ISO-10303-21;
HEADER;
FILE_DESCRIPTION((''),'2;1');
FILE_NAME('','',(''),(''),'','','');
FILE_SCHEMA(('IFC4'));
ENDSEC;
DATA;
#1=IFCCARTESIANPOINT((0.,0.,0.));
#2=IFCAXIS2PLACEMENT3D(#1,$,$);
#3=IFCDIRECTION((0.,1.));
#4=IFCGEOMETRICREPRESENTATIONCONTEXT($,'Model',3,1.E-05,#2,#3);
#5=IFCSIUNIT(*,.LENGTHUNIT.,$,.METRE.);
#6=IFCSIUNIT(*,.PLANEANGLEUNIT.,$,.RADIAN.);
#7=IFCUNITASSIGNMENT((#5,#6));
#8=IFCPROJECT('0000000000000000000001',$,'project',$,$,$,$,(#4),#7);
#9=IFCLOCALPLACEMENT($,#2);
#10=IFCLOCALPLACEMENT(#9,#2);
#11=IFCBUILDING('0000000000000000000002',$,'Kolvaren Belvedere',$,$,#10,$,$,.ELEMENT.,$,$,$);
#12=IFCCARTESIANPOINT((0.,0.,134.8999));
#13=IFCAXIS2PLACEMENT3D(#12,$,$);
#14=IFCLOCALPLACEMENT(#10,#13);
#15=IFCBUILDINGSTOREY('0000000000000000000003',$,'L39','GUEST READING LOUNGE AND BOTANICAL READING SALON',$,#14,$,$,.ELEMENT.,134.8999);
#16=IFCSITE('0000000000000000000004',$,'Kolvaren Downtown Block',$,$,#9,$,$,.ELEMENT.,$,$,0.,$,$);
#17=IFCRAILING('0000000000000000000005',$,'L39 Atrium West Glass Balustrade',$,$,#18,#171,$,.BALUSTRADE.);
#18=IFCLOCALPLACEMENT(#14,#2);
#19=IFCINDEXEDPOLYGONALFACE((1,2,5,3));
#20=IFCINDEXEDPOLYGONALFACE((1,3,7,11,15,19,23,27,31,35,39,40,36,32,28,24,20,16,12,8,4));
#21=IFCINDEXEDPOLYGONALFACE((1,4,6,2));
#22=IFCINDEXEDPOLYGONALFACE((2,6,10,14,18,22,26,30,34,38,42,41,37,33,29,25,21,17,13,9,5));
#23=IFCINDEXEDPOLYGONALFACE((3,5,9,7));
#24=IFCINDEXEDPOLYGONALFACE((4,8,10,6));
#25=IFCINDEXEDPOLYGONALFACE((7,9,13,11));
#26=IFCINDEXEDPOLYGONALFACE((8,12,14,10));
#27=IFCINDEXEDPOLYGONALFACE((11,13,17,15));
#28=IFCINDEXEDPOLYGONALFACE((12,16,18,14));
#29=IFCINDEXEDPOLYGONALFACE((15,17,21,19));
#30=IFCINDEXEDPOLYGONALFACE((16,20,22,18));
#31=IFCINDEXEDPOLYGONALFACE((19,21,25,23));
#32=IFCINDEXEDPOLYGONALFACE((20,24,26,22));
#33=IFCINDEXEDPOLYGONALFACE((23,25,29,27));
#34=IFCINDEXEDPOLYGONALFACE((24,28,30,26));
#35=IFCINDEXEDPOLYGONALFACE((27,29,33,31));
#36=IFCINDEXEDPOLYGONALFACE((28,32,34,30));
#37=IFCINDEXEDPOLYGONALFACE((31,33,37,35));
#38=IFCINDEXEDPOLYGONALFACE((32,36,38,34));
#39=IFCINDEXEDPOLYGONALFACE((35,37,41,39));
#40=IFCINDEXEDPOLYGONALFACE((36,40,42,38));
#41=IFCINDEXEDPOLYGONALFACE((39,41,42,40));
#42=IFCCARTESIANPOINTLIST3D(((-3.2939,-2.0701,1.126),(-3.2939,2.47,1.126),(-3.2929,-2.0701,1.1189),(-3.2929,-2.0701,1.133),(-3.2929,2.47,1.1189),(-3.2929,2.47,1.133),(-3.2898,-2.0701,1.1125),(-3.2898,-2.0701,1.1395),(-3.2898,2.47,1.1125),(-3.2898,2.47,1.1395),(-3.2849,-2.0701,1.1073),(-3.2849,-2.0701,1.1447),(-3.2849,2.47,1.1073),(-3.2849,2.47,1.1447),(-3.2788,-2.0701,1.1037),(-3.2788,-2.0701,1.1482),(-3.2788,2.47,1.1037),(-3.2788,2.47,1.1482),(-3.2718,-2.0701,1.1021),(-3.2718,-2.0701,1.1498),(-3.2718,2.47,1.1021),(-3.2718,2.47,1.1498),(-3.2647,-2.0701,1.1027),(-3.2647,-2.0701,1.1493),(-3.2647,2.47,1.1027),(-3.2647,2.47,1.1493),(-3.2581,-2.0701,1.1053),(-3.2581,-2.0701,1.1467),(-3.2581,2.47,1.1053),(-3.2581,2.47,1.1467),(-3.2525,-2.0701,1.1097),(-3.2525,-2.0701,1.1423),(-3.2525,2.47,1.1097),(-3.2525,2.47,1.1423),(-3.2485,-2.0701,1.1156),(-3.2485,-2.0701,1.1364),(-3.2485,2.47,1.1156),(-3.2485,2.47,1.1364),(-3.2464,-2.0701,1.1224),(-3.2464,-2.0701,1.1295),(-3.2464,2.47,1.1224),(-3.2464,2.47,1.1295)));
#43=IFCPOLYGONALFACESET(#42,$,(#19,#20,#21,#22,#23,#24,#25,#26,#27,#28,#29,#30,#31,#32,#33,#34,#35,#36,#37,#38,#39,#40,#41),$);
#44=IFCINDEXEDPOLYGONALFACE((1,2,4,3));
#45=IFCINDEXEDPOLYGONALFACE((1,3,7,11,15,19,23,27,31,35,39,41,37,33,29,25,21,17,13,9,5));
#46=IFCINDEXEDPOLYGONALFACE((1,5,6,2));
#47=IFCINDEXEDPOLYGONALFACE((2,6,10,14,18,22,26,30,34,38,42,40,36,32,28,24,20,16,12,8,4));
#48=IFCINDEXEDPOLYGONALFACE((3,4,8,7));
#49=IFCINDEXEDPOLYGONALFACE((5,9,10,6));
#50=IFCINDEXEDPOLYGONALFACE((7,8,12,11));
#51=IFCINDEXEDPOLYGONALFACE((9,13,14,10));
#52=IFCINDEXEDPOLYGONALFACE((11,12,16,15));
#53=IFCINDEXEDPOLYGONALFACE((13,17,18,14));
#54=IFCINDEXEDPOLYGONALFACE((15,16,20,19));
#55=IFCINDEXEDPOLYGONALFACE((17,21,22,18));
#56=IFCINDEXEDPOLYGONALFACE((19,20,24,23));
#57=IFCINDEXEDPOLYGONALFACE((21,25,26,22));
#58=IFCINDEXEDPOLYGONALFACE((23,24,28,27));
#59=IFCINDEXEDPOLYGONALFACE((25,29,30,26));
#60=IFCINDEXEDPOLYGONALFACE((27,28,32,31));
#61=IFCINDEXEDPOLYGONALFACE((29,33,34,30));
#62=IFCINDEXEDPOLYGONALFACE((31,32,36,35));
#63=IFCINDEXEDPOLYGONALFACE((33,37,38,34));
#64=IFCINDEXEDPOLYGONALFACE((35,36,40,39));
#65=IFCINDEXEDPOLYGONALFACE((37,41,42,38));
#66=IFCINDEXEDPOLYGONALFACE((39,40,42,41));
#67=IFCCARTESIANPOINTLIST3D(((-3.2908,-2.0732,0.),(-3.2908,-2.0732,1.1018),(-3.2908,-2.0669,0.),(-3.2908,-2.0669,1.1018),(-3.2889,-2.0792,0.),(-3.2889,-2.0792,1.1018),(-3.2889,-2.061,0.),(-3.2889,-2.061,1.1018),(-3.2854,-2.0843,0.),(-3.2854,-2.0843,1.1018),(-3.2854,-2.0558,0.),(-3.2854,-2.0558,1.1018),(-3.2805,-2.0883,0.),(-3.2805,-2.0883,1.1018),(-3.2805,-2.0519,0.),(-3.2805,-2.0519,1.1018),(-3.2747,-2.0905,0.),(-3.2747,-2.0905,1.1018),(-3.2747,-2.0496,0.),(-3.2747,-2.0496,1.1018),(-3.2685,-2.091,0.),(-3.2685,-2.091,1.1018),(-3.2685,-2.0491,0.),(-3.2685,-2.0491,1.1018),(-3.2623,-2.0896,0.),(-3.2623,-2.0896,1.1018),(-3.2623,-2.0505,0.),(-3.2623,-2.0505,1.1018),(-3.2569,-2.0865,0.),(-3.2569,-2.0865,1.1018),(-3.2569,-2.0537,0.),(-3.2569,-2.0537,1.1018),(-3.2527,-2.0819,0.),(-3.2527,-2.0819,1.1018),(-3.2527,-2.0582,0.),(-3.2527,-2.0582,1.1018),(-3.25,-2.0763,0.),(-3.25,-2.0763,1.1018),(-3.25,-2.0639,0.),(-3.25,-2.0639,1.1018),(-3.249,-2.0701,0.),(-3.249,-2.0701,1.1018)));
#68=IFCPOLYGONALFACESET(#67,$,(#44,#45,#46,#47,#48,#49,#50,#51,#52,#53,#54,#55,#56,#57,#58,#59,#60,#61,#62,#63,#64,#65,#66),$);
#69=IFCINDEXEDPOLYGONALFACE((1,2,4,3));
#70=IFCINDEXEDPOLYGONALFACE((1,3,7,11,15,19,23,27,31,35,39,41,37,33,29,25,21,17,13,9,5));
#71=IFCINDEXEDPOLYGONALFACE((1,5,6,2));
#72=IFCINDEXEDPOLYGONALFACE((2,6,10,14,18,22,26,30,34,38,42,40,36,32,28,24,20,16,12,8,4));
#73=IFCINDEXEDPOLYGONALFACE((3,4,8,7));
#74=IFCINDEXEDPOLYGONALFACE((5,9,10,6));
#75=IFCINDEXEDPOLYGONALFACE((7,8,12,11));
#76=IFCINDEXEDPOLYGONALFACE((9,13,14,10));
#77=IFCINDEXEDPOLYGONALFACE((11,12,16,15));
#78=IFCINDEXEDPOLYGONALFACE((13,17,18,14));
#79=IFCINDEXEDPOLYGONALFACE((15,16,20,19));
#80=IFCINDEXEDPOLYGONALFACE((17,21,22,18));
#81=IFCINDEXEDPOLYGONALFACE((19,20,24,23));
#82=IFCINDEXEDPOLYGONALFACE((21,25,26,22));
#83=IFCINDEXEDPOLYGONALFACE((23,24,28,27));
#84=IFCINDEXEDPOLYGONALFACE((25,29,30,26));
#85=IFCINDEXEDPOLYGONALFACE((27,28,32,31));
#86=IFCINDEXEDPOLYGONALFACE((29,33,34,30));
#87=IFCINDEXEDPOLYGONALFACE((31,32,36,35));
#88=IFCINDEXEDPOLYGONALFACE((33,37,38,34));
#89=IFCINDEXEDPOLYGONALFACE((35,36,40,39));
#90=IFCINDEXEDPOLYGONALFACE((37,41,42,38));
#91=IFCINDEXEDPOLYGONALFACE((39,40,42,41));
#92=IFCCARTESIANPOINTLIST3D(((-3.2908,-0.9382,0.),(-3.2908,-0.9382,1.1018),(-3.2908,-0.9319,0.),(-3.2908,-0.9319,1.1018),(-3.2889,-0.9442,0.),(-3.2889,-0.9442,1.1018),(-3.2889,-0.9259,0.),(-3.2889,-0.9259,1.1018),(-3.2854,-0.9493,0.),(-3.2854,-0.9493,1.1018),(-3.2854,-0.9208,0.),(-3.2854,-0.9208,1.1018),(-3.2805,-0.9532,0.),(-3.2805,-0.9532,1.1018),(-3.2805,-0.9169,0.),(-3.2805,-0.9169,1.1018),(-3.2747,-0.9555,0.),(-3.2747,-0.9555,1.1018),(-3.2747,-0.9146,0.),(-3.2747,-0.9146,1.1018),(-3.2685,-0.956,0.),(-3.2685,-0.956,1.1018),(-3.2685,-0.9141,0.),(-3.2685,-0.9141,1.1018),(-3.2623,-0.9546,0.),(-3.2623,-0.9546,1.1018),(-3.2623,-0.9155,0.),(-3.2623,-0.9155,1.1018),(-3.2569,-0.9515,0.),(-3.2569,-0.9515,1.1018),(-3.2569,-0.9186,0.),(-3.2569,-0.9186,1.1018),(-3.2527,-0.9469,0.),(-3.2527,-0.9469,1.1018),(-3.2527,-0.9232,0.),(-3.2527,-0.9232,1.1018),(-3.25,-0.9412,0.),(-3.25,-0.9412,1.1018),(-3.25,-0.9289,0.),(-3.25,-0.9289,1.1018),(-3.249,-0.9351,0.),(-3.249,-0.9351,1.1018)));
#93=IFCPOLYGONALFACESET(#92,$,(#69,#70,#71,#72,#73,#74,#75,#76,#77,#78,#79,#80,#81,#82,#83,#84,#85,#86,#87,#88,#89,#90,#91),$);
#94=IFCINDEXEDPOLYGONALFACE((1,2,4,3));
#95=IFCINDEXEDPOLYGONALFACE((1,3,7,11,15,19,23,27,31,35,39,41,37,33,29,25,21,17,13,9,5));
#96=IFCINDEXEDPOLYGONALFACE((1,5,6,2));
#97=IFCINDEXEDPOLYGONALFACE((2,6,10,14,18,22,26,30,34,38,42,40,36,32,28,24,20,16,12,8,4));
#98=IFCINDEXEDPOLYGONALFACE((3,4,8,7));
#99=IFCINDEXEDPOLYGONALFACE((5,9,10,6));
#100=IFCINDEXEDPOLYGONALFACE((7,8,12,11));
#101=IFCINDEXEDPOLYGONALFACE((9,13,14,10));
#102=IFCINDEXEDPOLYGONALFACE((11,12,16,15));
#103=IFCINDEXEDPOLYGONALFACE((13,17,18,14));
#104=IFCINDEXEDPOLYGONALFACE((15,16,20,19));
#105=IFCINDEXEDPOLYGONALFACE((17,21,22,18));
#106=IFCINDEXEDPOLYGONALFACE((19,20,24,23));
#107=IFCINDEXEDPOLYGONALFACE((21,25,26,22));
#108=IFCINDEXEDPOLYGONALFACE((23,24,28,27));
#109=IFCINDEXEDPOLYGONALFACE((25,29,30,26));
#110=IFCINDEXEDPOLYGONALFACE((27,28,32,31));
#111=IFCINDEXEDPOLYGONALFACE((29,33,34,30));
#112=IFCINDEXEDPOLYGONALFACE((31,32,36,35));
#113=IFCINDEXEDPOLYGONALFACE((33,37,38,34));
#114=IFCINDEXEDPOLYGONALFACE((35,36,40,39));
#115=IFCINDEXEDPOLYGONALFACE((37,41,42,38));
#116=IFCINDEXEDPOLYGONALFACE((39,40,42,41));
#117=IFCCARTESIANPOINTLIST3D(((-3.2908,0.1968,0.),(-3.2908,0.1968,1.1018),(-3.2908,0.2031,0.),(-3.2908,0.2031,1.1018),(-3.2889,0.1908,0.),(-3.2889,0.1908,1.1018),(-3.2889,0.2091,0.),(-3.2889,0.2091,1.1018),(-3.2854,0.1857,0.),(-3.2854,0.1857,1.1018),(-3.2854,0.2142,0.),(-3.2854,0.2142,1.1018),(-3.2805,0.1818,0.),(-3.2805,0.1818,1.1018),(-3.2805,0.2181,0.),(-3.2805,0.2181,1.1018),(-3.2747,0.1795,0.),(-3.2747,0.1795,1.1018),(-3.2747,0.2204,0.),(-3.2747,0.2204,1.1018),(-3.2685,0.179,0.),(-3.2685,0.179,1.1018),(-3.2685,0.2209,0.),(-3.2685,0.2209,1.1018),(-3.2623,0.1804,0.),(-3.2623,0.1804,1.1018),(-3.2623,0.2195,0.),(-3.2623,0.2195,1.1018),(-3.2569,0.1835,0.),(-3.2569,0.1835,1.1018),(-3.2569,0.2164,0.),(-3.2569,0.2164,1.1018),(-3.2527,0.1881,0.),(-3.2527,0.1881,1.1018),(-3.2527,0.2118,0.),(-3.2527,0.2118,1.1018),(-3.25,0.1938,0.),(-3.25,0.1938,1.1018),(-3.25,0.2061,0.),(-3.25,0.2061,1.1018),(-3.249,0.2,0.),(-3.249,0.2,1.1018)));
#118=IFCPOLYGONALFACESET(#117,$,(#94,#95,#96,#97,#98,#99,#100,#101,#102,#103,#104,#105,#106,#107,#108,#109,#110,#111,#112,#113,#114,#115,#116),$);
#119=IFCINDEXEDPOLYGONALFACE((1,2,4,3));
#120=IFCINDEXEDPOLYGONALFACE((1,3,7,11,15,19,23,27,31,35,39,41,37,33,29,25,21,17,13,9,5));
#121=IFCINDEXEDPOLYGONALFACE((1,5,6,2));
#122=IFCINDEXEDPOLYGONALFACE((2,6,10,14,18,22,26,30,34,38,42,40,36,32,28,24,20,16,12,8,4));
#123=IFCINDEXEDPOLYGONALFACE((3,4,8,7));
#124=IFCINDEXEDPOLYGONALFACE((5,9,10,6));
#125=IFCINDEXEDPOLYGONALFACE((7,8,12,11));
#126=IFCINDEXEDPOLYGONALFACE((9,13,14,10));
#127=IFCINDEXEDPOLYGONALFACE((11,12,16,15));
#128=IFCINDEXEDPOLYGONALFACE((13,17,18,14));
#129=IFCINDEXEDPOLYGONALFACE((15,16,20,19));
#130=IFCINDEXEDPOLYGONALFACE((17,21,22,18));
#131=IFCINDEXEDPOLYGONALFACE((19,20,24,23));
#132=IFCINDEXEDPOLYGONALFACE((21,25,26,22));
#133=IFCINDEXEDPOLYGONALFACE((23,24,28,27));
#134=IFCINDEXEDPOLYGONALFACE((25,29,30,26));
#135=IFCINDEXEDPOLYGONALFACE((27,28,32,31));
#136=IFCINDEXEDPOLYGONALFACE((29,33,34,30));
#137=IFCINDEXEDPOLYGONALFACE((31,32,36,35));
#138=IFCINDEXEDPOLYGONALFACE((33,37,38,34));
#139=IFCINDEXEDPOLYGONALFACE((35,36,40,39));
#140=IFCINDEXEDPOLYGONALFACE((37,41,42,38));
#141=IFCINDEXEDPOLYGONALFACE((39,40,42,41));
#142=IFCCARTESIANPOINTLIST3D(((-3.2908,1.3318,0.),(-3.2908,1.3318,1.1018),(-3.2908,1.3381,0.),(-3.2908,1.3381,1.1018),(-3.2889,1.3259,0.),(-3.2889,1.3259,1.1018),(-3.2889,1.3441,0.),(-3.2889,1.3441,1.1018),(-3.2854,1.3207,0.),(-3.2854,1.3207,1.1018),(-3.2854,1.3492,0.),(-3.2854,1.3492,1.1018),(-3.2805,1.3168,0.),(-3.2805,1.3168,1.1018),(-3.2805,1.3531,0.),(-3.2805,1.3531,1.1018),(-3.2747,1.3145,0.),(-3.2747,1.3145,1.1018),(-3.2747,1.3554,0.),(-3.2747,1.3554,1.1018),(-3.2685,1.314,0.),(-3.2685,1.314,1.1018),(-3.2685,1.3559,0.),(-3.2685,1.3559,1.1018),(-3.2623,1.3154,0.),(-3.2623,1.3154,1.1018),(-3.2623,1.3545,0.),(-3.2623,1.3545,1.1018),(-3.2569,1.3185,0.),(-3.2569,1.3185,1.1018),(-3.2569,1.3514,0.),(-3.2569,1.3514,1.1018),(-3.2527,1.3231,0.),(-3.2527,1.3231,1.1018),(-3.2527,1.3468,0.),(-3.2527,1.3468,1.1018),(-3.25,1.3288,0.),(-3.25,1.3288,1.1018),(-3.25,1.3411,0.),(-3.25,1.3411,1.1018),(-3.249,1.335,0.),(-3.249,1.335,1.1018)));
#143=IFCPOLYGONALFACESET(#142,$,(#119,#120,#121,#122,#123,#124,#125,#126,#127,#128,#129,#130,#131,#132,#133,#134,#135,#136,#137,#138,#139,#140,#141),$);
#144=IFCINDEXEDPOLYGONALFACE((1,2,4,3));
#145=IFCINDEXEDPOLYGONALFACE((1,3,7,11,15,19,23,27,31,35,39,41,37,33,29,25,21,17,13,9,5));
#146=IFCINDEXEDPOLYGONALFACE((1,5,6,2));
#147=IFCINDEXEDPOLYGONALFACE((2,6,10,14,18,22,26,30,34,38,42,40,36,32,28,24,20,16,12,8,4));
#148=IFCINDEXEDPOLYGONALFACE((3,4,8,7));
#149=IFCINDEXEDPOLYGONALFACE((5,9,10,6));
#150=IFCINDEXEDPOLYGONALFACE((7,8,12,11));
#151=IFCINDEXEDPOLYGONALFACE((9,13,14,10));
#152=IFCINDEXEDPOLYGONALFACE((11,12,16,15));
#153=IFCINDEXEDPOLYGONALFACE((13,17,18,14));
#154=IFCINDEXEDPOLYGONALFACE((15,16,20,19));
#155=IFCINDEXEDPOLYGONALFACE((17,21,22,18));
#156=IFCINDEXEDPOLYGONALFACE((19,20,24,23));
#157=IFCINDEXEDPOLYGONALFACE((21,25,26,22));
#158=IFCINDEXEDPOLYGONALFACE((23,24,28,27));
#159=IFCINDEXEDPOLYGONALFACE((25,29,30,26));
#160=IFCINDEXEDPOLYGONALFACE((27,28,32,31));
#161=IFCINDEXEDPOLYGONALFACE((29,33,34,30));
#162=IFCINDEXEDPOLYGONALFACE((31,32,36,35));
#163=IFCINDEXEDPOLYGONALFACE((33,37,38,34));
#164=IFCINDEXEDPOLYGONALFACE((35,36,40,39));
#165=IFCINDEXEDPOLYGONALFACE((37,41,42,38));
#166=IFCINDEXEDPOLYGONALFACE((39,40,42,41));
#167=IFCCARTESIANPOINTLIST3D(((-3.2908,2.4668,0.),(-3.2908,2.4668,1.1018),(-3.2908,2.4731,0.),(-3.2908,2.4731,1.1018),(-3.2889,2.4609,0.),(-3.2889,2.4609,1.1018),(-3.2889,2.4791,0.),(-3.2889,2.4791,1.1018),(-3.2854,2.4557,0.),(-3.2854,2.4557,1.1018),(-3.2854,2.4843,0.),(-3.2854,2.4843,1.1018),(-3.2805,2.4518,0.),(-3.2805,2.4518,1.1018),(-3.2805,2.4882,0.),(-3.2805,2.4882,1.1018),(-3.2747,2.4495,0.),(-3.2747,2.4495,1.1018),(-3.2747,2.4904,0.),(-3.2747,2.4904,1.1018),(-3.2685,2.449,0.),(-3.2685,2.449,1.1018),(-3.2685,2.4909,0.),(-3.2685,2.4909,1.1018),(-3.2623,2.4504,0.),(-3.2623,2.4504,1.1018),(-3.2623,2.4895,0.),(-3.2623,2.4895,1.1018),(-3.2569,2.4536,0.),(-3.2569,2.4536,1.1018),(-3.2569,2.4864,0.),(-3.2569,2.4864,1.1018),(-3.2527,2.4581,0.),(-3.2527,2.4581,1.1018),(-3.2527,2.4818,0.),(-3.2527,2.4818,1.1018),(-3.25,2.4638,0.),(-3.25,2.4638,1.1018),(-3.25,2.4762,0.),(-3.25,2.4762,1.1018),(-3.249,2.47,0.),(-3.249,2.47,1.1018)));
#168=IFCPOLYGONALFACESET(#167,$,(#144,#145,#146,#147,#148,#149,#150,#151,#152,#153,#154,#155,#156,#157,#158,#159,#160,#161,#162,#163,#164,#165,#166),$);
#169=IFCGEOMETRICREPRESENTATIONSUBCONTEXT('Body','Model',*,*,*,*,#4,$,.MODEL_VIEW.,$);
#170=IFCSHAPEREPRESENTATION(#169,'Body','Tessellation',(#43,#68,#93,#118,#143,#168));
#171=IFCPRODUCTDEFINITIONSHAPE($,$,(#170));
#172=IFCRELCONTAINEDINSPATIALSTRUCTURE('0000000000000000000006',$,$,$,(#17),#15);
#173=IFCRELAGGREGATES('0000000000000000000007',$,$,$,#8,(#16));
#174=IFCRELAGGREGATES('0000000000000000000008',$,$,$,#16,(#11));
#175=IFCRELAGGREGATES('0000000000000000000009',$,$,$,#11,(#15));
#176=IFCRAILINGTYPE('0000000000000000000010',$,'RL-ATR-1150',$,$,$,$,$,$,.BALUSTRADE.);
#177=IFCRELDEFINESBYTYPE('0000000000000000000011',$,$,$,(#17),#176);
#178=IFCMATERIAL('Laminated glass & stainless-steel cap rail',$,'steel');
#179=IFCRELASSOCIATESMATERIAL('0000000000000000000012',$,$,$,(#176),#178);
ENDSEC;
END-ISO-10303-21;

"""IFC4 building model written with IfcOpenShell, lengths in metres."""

from ifc_helpers import new_model, si_unit, direction, frame, origin, origin_2d, place, context, subcontext, project, spatial, circle, extrude, material, type_object, element, save


model = new_model("IFC4")

# Units and contexts
model_context = context("Model", 3, precision=1e-05, world=origin(), true_north=direction((0.0, 1.0)))
body_context = subcontext(model_context, "Body", "Model", "MODEL_VIEW")
ifc_project = project(units=[si_unit("LENGTHUNIT", "METRE"), si_unit("PLANEANGLEUNIT", "RADIAN")], contexts=[model_context])

# Site, building, storey
site_placement = place(None, origin())
site = spatial("IfcSite", under=ifc_project, at=site_placement, Name="Kolvaren Downtown Block", CompositionType="ELEMENT", RefElevation=0.0)
building_placement = place(site_placement, origin())
building = spatial("IfcBuilding", under=site, at=building_placement, Name="Kolvaren Belvedere", CompositionType="ELEMENT")
storey_placement = place(building_placement, frame((0.0, 0.0, 134.8999)))
storey = spatial("IfcBuildingStorey", under=building, at=storey_placement, Name="L39", Description="GUEST READING LOUNGE AND BOTANICAL READING SALON", CompositionType="ELEMENT", Elevation=134.8999)

# Railing
ifc_material_1 = material(Name="Laminated glass & stainless-steel cap rail", Category="steel")
railing_type_1 = type_object("IfcRailingType", Name="RL-ATR-1150", PredefinedType="BALUSTRADE", material=ifc_material_1)
railing_1_placement = place(storey_placement, frame((-3.27, -2.0701, 0.0)))
element("IfcRailing", 1, at=railing_1_placement, inside=storey, type_object=railing_type_1, Name="L39 Atrium West Glass Balustrade", PredefinedType="BALUSTRADE", context=body_context, shape_type="SweptSolid", body=[
    extrude(circle(Radius=0.0239, at=origin_2d()), frame((0.0, 0.0, 1.126), z_axis=(0.0, 1.0, 0.0), x_axis=(-1.0, 0.0, 0.0)), (0.0, 0.0, 1.0), 4.54),
    extrude(circle(Radius=0.021, at=origin_2d()), origin(), (0.0, 0.0, 1.0), 1.1018),
    extrude(circle(Radius=0.021, at=origin_2d()), frame((0.0, 1.135, 0.0)), (0.0, 0.0, 1.0), 1.1018),
    extrude(circle(Radius=0.021, at=origin_2d()), frame((0.0, 2.27, 0.0)), (0.0, 0.0, 1.0), 1.1018),
    extrude(circle(Radius=0.021, at=origin_2d()), frame((0.0, 3.405, 0.0)), (0.0, 0.0, 1.0), 1.1018),
    extrude(circle(Radius=0.021, at=origin_2d()), frame((0.0, 4.54, 0.0)), (0.0, 0.0, 1.0), 1.1018),
])

save(model, "model.ifc")
